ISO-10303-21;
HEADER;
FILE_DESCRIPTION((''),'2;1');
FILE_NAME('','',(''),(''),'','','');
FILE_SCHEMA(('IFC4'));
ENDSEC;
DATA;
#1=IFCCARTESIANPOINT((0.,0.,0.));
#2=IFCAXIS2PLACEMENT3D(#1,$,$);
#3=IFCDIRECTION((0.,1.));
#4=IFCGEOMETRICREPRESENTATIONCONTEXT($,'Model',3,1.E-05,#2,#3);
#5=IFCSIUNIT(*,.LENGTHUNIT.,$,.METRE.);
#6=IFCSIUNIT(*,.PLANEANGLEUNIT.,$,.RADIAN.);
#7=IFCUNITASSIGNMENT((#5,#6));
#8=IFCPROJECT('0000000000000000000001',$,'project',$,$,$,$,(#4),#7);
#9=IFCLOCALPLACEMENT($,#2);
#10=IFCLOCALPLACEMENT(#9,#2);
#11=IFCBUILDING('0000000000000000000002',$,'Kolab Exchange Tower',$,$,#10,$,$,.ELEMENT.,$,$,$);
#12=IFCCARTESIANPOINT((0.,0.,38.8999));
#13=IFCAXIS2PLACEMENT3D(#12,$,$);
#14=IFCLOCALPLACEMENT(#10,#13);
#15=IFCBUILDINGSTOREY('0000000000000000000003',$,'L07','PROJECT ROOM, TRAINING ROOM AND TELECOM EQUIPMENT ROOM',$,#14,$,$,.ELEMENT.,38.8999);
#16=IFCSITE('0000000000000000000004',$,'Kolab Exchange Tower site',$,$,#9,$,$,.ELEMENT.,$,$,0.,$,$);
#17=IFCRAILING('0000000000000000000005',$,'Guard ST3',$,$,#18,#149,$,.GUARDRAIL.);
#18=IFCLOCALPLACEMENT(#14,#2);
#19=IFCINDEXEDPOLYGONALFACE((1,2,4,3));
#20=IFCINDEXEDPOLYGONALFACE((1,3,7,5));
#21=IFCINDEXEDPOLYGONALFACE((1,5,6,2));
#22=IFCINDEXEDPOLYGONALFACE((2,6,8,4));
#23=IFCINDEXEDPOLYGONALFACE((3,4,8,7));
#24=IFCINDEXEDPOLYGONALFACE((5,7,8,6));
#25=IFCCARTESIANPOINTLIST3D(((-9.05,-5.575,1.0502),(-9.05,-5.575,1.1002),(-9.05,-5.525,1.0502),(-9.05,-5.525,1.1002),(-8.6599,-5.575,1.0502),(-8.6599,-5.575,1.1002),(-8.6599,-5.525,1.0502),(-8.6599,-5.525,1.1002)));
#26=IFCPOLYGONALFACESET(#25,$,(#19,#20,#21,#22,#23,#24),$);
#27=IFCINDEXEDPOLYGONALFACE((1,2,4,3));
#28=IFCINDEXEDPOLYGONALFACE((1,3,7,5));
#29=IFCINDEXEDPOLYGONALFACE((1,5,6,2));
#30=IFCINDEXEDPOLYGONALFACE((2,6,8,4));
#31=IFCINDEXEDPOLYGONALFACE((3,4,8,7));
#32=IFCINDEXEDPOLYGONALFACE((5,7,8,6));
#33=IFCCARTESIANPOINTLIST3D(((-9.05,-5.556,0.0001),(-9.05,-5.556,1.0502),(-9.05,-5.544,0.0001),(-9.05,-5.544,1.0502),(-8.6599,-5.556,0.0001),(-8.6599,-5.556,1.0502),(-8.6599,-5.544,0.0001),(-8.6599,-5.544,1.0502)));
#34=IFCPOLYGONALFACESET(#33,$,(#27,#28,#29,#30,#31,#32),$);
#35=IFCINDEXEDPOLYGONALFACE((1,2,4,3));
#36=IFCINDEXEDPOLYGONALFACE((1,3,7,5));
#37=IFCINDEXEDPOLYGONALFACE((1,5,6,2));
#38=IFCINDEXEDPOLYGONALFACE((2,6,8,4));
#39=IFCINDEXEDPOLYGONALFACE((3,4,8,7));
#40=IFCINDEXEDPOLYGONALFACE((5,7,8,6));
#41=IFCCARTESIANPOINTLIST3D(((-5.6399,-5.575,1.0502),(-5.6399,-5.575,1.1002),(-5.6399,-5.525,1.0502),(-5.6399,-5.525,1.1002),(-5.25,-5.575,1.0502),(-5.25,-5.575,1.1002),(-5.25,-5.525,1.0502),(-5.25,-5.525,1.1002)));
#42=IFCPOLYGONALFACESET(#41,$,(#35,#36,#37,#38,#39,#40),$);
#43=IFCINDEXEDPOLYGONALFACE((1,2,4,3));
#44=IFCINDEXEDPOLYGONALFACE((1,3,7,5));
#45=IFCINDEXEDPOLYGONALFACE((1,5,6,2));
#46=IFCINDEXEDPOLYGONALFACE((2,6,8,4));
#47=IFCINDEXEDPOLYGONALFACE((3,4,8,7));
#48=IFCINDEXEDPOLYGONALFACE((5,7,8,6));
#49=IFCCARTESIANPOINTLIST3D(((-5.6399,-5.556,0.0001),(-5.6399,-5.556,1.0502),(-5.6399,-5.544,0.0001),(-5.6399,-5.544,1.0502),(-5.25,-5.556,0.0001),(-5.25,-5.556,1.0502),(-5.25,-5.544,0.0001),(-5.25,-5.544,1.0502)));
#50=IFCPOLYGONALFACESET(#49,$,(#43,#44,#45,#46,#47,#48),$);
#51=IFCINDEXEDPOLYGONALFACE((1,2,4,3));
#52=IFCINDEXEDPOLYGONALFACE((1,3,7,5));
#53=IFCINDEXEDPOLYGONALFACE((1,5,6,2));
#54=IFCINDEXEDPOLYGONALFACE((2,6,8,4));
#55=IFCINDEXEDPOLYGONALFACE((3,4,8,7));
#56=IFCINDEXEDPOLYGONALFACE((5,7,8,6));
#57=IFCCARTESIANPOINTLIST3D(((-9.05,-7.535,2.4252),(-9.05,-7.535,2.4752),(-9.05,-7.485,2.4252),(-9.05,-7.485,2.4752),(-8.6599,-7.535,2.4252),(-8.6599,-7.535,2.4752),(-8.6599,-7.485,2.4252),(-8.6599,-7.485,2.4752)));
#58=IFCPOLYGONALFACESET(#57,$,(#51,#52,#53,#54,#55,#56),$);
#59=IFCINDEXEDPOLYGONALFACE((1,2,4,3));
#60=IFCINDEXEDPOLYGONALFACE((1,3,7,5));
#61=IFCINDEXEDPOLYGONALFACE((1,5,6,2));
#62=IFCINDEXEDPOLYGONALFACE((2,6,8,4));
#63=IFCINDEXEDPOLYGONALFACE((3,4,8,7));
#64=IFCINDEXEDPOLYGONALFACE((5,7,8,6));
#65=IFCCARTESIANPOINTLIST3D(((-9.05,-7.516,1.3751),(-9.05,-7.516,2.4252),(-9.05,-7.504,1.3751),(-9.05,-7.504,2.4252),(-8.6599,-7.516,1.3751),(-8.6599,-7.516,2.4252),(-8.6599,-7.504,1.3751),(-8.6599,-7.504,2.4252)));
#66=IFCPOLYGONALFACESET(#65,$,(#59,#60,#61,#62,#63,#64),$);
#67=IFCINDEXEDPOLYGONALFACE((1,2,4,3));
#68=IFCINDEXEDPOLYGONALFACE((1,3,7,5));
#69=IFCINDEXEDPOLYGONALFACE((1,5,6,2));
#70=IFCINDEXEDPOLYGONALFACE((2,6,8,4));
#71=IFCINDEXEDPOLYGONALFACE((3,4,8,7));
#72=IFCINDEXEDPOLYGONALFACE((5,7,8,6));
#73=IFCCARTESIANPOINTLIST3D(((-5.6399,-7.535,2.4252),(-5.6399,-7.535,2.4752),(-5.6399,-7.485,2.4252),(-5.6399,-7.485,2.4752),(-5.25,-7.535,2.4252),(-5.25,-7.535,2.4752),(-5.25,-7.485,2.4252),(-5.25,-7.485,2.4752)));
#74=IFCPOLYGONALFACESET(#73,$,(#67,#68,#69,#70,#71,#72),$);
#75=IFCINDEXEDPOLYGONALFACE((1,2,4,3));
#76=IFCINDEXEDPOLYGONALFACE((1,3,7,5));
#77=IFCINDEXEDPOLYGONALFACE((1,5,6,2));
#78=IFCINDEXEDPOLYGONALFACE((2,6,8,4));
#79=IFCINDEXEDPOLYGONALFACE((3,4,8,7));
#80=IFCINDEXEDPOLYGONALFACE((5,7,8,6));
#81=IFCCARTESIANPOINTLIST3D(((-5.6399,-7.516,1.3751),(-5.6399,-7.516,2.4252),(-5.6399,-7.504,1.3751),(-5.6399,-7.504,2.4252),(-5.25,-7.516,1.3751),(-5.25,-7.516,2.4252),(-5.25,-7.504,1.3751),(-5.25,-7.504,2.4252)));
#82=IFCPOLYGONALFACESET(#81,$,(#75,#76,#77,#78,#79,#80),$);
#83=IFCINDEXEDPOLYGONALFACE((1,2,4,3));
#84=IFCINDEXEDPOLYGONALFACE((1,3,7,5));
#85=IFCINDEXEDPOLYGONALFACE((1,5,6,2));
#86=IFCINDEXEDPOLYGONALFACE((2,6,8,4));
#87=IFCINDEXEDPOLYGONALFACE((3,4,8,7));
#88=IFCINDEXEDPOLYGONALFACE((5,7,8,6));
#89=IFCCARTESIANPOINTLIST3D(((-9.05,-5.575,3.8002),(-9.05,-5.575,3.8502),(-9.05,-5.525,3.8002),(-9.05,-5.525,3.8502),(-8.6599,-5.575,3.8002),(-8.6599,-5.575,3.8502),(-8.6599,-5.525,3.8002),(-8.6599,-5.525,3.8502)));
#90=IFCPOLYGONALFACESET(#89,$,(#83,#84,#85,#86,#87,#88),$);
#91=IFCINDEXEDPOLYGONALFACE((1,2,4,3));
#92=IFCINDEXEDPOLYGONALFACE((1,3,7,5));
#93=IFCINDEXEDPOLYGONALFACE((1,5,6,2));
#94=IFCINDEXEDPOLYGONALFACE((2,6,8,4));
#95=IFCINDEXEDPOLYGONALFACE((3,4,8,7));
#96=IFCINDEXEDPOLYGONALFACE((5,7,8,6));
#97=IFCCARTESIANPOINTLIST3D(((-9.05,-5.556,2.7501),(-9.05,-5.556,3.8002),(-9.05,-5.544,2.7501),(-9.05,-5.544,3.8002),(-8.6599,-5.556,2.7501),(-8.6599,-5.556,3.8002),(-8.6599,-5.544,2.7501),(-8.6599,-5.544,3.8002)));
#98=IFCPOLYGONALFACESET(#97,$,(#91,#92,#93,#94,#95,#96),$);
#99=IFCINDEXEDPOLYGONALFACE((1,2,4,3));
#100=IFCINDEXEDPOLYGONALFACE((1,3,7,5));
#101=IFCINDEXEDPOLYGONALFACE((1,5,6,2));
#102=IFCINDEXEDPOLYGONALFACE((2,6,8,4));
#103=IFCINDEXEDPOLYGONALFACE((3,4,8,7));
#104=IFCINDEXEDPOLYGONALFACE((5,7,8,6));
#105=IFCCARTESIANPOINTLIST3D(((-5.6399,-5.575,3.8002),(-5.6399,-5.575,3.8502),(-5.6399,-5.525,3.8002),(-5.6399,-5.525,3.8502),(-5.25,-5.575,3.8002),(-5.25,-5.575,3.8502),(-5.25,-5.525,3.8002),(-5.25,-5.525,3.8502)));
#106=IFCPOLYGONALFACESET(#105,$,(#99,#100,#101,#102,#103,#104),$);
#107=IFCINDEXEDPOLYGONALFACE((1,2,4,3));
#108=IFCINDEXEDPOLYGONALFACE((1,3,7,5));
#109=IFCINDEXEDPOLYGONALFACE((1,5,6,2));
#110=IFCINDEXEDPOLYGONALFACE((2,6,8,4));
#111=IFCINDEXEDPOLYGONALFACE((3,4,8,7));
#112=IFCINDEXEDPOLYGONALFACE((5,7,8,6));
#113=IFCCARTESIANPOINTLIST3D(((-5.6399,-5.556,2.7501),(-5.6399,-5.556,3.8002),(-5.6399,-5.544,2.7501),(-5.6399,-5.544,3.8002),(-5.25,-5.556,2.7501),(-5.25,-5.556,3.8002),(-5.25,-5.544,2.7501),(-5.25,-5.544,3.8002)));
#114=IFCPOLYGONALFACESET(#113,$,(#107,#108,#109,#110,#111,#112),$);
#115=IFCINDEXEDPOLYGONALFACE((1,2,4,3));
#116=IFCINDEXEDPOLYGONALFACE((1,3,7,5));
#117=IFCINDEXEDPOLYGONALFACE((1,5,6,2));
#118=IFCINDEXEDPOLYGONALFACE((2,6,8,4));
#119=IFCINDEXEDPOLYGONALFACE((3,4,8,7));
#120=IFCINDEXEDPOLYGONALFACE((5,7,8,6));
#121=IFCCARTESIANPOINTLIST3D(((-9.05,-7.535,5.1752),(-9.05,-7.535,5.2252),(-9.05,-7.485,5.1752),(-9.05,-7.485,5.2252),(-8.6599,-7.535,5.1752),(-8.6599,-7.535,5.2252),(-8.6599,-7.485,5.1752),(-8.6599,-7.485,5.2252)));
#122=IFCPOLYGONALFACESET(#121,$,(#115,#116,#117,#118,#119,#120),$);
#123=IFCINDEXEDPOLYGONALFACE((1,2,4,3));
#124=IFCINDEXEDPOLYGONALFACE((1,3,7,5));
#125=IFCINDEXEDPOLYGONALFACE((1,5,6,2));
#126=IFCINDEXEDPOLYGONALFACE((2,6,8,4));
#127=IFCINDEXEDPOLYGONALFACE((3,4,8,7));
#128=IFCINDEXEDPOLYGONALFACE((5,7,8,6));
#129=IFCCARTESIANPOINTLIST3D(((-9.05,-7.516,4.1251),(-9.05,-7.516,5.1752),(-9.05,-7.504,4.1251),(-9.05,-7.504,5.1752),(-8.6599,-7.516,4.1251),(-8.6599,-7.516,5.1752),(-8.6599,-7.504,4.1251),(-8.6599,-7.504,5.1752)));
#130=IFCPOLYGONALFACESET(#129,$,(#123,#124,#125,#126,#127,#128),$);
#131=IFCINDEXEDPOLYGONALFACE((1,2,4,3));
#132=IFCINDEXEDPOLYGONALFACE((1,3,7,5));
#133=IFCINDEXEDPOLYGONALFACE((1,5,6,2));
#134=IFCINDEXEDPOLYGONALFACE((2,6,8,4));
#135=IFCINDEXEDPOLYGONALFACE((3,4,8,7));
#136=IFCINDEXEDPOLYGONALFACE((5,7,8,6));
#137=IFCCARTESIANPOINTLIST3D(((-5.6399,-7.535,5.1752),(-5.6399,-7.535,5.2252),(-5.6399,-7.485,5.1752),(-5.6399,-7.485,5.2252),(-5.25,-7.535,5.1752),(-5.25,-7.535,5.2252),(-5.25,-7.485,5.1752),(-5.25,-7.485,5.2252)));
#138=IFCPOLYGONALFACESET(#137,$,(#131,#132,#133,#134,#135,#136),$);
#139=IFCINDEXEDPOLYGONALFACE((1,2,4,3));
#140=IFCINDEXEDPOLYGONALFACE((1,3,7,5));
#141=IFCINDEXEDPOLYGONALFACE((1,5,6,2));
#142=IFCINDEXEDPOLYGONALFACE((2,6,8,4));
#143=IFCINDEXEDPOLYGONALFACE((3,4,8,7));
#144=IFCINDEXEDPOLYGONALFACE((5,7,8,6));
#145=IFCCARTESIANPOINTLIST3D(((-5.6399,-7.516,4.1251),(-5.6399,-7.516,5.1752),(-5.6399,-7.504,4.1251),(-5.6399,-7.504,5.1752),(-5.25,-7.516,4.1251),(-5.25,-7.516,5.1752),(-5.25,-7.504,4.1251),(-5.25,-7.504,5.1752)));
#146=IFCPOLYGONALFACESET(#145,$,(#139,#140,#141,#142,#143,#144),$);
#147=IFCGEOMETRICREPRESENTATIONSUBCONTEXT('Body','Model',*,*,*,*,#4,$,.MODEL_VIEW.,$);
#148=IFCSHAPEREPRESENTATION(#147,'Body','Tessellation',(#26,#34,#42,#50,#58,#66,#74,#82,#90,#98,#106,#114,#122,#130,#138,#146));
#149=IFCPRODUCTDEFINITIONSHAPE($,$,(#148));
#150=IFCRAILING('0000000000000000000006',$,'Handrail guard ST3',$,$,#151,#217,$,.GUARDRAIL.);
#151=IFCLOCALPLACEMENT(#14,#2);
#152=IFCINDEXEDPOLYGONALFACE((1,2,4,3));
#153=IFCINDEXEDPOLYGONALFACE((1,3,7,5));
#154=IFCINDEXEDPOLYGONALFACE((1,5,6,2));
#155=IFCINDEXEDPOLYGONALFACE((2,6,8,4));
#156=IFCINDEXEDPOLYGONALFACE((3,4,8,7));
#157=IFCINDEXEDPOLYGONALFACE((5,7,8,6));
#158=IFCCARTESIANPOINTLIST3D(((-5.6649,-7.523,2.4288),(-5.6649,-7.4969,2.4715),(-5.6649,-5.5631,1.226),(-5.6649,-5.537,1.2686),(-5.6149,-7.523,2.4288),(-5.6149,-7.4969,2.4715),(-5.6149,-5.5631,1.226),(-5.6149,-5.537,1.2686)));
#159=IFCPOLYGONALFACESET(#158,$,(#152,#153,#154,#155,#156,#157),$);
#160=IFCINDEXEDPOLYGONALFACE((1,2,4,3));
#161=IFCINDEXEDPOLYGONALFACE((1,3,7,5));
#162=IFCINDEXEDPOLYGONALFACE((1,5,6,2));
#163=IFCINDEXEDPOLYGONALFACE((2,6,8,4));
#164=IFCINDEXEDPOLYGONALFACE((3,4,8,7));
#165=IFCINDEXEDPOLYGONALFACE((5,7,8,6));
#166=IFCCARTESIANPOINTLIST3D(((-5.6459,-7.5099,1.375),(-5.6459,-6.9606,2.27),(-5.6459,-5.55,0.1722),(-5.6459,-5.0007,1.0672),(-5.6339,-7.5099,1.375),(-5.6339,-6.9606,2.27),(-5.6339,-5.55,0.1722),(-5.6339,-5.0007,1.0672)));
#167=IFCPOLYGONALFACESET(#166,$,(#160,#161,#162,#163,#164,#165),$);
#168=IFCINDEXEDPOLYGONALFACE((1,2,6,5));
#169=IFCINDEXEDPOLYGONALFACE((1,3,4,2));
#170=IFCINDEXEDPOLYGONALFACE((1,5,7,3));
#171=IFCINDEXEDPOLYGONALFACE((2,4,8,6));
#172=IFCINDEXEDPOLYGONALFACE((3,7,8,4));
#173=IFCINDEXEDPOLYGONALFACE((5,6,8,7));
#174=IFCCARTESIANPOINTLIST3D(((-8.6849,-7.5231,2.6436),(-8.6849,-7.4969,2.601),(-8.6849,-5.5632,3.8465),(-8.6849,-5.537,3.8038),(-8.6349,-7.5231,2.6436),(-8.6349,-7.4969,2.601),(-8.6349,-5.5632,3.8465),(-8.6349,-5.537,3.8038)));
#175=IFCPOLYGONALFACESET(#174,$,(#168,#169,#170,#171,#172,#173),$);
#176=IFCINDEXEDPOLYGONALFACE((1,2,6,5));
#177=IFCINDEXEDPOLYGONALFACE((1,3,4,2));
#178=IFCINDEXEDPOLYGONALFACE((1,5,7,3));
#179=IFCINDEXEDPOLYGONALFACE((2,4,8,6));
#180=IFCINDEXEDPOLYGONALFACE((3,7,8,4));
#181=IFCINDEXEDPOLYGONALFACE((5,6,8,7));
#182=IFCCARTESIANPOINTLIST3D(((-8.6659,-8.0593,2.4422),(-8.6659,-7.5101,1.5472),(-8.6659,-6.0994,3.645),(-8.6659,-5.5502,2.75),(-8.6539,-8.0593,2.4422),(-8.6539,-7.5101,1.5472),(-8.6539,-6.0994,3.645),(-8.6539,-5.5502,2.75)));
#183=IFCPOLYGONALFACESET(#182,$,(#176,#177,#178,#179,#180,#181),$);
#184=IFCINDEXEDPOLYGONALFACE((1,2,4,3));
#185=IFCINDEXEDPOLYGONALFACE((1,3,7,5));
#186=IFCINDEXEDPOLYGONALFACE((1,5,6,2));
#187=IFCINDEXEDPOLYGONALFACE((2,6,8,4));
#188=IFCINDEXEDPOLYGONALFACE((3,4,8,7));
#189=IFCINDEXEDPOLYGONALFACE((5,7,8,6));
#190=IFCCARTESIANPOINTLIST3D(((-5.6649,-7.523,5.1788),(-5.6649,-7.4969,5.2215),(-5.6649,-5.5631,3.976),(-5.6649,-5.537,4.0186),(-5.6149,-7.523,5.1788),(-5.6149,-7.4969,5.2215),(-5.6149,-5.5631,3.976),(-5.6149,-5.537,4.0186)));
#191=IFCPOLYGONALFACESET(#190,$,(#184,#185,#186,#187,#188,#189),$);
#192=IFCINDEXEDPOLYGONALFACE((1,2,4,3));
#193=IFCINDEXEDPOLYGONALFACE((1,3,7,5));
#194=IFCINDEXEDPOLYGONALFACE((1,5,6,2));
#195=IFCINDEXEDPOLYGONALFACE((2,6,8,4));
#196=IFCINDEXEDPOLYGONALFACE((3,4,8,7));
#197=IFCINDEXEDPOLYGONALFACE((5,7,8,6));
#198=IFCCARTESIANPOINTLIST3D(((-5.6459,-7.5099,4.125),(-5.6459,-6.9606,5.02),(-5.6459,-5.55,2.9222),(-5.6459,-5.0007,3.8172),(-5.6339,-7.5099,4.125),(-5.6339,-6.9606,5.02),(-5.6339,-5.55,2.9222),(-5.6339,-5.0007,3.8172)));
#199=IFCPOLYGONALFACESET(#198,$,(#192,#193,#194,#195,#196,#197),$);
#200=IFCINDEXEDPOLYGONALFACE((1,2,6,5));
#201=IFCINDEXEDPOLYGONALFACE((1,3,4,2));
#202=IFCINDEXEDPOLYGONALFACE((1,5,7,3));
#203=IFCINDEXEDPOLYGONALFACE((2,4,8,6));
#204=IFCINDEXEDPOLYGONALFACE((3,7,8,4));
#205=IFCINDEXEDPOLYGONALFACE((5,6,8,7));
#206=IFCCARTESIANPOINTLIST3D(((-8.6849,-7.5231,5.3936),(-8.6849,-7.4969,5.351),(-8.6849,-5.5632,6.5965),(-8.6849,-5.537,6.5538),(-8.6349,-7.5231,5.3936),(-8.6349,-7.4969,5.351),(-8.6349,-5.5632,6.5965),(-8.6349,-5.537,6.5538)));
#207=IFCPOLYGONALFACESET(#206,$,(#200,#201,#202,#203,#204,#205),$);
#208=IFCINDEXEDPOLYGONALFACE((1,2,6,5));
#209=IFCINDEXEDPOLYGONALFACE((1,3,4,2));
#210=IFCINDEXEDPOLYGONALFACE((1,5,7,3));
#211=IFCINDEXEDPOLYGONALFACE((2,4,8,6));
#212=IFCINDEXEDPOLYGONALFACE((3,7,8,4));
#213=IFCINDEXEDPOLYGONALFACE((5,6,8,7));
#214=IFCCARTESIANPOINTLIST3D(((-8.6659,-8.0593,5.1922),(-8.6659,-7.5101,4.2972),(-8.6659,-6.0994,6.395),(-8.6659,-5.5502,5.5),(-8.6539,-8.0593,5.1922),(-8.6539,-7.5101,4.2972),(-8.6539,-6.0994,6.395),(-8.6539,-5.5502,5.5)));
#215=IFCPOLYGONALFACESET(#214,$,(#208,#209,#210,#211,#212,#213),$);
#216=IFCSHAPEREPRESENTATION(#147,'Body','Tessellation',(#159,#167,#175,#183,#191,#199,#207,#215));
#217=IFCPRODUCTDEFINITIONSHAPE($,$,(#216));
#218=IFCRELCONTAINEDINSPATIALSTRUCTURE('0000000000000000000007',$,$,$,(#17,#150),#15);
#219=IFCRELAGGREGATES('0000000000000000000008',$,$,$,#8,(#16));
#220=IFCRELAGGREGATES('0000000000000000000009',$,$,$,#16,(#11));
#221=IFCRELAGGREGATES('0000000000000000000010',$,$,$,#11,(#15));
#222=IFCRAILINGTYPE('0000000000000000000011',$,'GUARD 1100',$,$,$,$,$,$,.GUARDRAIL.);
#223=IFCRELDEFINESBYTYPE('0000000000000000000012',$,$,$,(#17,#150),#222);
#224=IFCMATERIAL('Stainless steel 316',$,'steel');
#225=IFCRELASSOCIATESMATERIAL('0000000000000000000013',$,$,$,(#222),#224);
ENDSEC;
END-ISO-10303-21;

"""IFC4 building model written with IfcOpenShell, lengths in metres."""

from ifc_helpers import new_model, si_unit, direction, frame, frame_2d, origin, origin_2d, place, context, subcontext, project, spatial, rectangle, extrude, material, type_object, element, save


model = new_model("IFC4")

# Units and contexts
model_context = context("Model", 3, precision=1e-05, world=origin(), true_north=direction((0.0, 1.0)))
body_context = subcontext(model_context, "Body", "Model", "MODEL_VIEW")
ifc_project = project(units=[si_unit("LENGTHUNIT", "METRE"), si_unit("PLANEANGLEUNIT", "RADIAN")], contexts=[model_context])

# Site, building, storey
site_placement = place(None, origin())
site = spatial("IfcSite", under=ifc_project, at=site_placement, Name="Kolab Exchange Tower site", CompositionType="ELEMENT", RefElevation=0.0)
building_placement = place(site_placement, origin())
building = spatial("IfcBuilding", under=site, at=building_placement, Name="Kolab Exchange Tower", CompositionType="ELEMENT")
storey_placement = place(building_placement, frame((0.0, 0.0, 38.8999)))
storey = spatial("IfcBuildingStorey", under=building, at=storey_placement, Name="L07", Description="PROJECT ROOM, TRAINING ROOM AND TELECOM EQUIPMENT ROOM", CompositionType="ELEMENT", Elevation=38.8999)

# Shared definitions
ifc_material_1 = material(Name="Stainless steel 316", Category="steel")

# Railings
railing_type = type_object("IfcRailingType", Name="GUARD 1100", PredefinedType="GUARDRAIL", material=ifc_material_1)
railing_1_placement = place(storey_placement, frame((-9.05, -5.55, 0.0)))
element("IfcRailing", 1, at=railing_1_placement, inside=storey, type_object=railing_type, Name="Guard ST3", PredefinedType="GUARDRAIL", context=body_context, shape_type="SweptSolid", body=[
    extrude(rectangle(XDim=0.05, YDim=0.05, at=origin_2d()), frame((0.0, 0.0, 1.0752), z_axis=(1.0, 0.0, 0.0), x_axis=(0.0, 1.0, 0.0)), (0.0, 0.0, 1.0), 0.3901),
    extrude(rectangle(XDim=0.012, YDim=1.0501, at=frame_2d((0.0, 0.5251))), frame((0.0, 0.0, 0.0), z_axis=(1.0, 0.0, 0.0), x_axis=(0.0, 1.0, 0.0)), (0.0, 0.0, 1.0), 0.3901),
    extrude(rectangle(XDim=0.05, YDim=0.05, at=origin_2d()), frame((3.4102, 0.0, 1.0752), z_axis=(1.0, 0.0, 0.0), x_axis=(0.0, 1.0, 0.0)), (0.0, 0.0, 1.0), 0.3899),
    extrude(rectangle(XDim=0.012, YDim=1.0501, at=frame_2d((0.0, 0.5251))), frame((3.4102, 0.0, 0.0), z_axis=(1.0, 0.0, 0.0), x_axis=(0.0, 1.0, 0.0)), (0.0, 0.0, 1.0), 0.3899),
    extrude(rectangle(XDim=0.05, YDim=0.05, at=origin_2d()), frame((0.0, -1.96, 2.4502), z_axis=(1.0, 0.0, 0.0), x_axis=(0.0, 1.0, 0.0)), (0.0, 0.0, 1.0), 0.3901),
    extrude(rectangle(XDim=0.012, YDim=1.0501, at=frame_2d((0.0, 0.5251))), frame((0.0, -1.96, 1.375), z_axis=(1.0, 0.0, 0.0), x_axis=(0.0, 1.0, 0.0)), (0.0, 0.0, 1.0), 0.3901),
    extrude(rectangle(XDim=0.05, YDim=0.05, at=origin_2d()), frame((3.4102, -1.96, 2.4502), z_axis=(1.0, 0.0, 0.0), x_axis=(0.0, 1.0, 0.0)), (0.0, 0.0, 1.0), 0.3899),
    extrude(rectangle(XDim=0.012, YDim=1.0501, at=frame_2d((0.0, 0.5251))), frame((3.4102, -1.96, 1.375), z_axis=(1.0, 0.0, 0.0), x_axis=(0.0, 1.0, 0.0)), (0.0, 0.0, 1.0), 0.3899),
    extrude(rectangle(XDim=0.05, YDim=0.05, at=origin_2d()), frame((0.0, 0.0, 3.8252), z_axis=(1.0, 0.0, 0.0), x_axis=(0.0, 1.0, 0.0)), (0.0, 0.0, 1.0), 0.3901),
    extrude(rectangle(XDim=0.012, YDim=1.0501, at=frame_2d((0.0, 0.5251))), frame((0.0, 0.0, 2.75), z_axis=(1.0, 0.0, 0.0), x_axis=(0.0, 1.0, 0.0)), (0.0, 0.0, 1.0), 0.3901),
    extrude(rectangle(XDim=0.05, YDim=0.05, at=origin_2d()), frame((3.4102, 0.0, 3.8252), z_axis=(1.0, 0.0, 0.0), x_axis=(0.0, 1.0, 0.0)), (0.0, 0.0, 1.0), 0.3899),
    extrude(rectangle(XDim=0.012, YDim=1.0501, at=frame_2d((0.0, 0.5251))), frame((3.4102, 0.0, 2.75), z_axis=(1.0, 0.0, 0.0), x_axis=(0.0, 1.0, 0.0)), (0.0, 0.0, 1.0), 0.3899),
    extrude(rectangle(XDim=0.05, YDim=0.05, at=origin_2d()), frame((0.0, -1.96, 5.2002), z_axis=(1.0, 0.0, 0.0), x_axis=(0.0, 1.0, 0.0)), (0.0, 0.0, 1.0), 0.3901),
    extrude(rectangle(XDim=0.012, YDim=1.0501, at=frame_2d((0.0, 0.5251))), frame((0.0, -1.96, 4.125), z_axis=(1.0, 0.0, 0.0), x_axis=(0.0, 1.0, 0.0)), (0.0, 0.0, 1.0), 0.3901),
    extrude(rectangle(XDim=0.05, YDim=0.05, at=origin_2d()), frame((3.4102, -1.96, 5.2002), z_axis=(1.0, 0.0, 0.0), x_axis=(0.0, 1.0, 0.0)), (0.0, 0.0, 1.0), 0.3899),
    extrude(rectangle(XDim=0.012, YDim=1.0501, at=frame_2d((0.0, 0.5251))), frame((3.4102, -1.96, 4.125), z_axis=(1.0, 0.0, 0.0), x_axis=(0.0, 1.0, 0.0)), (0.0, 0.0, 1.0), 0.3899),
])
railing_2_placement = place(storey_placement, frame((-5.6399, -5.55, 0.1721)))
element("IfcRailing", 2, at=railing_2_placement, inside=storey, type_object=railing_type, Name="Handrail guard ST3", PredefinedType="GUARDRAIL", context=body_context, shape_type="SweptSolid", body=[
    extrude(rectangle(XDim=0.05, YDim=0.05, at=origin_2d()), frame((0.0, 0.0, 1.0752), z_axis=(0.0, -0.852288, 0.523072), x_axis=(1.0, 0.0, 0.0)), (0.0, 0.0, 1.0), 2.2996),
    extrude(rectangle(XDim=0.012, YDim=1.0501, at=frame_2d((0.0, 0.5251))), frame((0.0, 0.0, 0.0), z_axis=(0.0, -0.852288, 0.523072), x_axis=(1.0, 0.0, 0.0)), (0.0, 0.0, 1.0), 2.2996),
    extrude(rectangle(XDim=0.05, YDim=0.05, at=origin_2d()), frame((-3.02, -1.96, 2.4502), z_axis=(0.0, 0.852288, 0.523072), x_axis=(-1.0, 0.0, 0.0)), (0.0, 0.0, 1.0), 2.2996),
    extrude(rectangle(XDim=0.012, YDim=1.0501, at=frame_2d((0.0, 0.5251))), frame((-3.02, -1.96, 1.375), z_axis=(0.0, 0.852288, 0.523072), x_axis=(-1.0, 0.0, 0.0)), (0.0, 0.0, 1.0), 2.2996),
    extrude(rectangle(XDim=0.05, YDim=0.05, at=origin_2d()), frame((0.0, 0.0, 3.8252), z_axis=(0.0, -0.852288, 0.523072), x_axis=(1.0, 0.0, 0.0)), (0.0, 0.0, 1.0), 2.2996),
    extrude(rectangle(XDim=0.012, YDim=1.0501, at=frame_2d((0.0, 0.5251))), frame((0.0, 0.0, 2.75), z_axis=(0.0, -0.852288, 0.523072), x_axis=(1.0, 0.0, 0.0)), (0.0, 0.0, 1.0), 2.2996),
    extrude(rectangle(XDim=0.05, YDim=0.05, at=origin_2d()), frame((-3.02, -1.96, 5.2002), z_axis=(0.0, 0.852288, 0.523072), x_axis=(-1.0, 0.0, 0.0)), (0.0, 0.0, 1.0), 2.2996),
    extrude(rectangle(XDim=0.012, YDim=1.0501, at=frame_2d((0.0, 0.5251))), frame((-3.02, -1.96, 4.125), z_axis=(0.0, 0.852288, 0.523072), x_axis=(-1.0, 0.0, 0.0)), (0.0, 0.0, 1.0), 2.2996),
])

save(model, "model.ifc")
